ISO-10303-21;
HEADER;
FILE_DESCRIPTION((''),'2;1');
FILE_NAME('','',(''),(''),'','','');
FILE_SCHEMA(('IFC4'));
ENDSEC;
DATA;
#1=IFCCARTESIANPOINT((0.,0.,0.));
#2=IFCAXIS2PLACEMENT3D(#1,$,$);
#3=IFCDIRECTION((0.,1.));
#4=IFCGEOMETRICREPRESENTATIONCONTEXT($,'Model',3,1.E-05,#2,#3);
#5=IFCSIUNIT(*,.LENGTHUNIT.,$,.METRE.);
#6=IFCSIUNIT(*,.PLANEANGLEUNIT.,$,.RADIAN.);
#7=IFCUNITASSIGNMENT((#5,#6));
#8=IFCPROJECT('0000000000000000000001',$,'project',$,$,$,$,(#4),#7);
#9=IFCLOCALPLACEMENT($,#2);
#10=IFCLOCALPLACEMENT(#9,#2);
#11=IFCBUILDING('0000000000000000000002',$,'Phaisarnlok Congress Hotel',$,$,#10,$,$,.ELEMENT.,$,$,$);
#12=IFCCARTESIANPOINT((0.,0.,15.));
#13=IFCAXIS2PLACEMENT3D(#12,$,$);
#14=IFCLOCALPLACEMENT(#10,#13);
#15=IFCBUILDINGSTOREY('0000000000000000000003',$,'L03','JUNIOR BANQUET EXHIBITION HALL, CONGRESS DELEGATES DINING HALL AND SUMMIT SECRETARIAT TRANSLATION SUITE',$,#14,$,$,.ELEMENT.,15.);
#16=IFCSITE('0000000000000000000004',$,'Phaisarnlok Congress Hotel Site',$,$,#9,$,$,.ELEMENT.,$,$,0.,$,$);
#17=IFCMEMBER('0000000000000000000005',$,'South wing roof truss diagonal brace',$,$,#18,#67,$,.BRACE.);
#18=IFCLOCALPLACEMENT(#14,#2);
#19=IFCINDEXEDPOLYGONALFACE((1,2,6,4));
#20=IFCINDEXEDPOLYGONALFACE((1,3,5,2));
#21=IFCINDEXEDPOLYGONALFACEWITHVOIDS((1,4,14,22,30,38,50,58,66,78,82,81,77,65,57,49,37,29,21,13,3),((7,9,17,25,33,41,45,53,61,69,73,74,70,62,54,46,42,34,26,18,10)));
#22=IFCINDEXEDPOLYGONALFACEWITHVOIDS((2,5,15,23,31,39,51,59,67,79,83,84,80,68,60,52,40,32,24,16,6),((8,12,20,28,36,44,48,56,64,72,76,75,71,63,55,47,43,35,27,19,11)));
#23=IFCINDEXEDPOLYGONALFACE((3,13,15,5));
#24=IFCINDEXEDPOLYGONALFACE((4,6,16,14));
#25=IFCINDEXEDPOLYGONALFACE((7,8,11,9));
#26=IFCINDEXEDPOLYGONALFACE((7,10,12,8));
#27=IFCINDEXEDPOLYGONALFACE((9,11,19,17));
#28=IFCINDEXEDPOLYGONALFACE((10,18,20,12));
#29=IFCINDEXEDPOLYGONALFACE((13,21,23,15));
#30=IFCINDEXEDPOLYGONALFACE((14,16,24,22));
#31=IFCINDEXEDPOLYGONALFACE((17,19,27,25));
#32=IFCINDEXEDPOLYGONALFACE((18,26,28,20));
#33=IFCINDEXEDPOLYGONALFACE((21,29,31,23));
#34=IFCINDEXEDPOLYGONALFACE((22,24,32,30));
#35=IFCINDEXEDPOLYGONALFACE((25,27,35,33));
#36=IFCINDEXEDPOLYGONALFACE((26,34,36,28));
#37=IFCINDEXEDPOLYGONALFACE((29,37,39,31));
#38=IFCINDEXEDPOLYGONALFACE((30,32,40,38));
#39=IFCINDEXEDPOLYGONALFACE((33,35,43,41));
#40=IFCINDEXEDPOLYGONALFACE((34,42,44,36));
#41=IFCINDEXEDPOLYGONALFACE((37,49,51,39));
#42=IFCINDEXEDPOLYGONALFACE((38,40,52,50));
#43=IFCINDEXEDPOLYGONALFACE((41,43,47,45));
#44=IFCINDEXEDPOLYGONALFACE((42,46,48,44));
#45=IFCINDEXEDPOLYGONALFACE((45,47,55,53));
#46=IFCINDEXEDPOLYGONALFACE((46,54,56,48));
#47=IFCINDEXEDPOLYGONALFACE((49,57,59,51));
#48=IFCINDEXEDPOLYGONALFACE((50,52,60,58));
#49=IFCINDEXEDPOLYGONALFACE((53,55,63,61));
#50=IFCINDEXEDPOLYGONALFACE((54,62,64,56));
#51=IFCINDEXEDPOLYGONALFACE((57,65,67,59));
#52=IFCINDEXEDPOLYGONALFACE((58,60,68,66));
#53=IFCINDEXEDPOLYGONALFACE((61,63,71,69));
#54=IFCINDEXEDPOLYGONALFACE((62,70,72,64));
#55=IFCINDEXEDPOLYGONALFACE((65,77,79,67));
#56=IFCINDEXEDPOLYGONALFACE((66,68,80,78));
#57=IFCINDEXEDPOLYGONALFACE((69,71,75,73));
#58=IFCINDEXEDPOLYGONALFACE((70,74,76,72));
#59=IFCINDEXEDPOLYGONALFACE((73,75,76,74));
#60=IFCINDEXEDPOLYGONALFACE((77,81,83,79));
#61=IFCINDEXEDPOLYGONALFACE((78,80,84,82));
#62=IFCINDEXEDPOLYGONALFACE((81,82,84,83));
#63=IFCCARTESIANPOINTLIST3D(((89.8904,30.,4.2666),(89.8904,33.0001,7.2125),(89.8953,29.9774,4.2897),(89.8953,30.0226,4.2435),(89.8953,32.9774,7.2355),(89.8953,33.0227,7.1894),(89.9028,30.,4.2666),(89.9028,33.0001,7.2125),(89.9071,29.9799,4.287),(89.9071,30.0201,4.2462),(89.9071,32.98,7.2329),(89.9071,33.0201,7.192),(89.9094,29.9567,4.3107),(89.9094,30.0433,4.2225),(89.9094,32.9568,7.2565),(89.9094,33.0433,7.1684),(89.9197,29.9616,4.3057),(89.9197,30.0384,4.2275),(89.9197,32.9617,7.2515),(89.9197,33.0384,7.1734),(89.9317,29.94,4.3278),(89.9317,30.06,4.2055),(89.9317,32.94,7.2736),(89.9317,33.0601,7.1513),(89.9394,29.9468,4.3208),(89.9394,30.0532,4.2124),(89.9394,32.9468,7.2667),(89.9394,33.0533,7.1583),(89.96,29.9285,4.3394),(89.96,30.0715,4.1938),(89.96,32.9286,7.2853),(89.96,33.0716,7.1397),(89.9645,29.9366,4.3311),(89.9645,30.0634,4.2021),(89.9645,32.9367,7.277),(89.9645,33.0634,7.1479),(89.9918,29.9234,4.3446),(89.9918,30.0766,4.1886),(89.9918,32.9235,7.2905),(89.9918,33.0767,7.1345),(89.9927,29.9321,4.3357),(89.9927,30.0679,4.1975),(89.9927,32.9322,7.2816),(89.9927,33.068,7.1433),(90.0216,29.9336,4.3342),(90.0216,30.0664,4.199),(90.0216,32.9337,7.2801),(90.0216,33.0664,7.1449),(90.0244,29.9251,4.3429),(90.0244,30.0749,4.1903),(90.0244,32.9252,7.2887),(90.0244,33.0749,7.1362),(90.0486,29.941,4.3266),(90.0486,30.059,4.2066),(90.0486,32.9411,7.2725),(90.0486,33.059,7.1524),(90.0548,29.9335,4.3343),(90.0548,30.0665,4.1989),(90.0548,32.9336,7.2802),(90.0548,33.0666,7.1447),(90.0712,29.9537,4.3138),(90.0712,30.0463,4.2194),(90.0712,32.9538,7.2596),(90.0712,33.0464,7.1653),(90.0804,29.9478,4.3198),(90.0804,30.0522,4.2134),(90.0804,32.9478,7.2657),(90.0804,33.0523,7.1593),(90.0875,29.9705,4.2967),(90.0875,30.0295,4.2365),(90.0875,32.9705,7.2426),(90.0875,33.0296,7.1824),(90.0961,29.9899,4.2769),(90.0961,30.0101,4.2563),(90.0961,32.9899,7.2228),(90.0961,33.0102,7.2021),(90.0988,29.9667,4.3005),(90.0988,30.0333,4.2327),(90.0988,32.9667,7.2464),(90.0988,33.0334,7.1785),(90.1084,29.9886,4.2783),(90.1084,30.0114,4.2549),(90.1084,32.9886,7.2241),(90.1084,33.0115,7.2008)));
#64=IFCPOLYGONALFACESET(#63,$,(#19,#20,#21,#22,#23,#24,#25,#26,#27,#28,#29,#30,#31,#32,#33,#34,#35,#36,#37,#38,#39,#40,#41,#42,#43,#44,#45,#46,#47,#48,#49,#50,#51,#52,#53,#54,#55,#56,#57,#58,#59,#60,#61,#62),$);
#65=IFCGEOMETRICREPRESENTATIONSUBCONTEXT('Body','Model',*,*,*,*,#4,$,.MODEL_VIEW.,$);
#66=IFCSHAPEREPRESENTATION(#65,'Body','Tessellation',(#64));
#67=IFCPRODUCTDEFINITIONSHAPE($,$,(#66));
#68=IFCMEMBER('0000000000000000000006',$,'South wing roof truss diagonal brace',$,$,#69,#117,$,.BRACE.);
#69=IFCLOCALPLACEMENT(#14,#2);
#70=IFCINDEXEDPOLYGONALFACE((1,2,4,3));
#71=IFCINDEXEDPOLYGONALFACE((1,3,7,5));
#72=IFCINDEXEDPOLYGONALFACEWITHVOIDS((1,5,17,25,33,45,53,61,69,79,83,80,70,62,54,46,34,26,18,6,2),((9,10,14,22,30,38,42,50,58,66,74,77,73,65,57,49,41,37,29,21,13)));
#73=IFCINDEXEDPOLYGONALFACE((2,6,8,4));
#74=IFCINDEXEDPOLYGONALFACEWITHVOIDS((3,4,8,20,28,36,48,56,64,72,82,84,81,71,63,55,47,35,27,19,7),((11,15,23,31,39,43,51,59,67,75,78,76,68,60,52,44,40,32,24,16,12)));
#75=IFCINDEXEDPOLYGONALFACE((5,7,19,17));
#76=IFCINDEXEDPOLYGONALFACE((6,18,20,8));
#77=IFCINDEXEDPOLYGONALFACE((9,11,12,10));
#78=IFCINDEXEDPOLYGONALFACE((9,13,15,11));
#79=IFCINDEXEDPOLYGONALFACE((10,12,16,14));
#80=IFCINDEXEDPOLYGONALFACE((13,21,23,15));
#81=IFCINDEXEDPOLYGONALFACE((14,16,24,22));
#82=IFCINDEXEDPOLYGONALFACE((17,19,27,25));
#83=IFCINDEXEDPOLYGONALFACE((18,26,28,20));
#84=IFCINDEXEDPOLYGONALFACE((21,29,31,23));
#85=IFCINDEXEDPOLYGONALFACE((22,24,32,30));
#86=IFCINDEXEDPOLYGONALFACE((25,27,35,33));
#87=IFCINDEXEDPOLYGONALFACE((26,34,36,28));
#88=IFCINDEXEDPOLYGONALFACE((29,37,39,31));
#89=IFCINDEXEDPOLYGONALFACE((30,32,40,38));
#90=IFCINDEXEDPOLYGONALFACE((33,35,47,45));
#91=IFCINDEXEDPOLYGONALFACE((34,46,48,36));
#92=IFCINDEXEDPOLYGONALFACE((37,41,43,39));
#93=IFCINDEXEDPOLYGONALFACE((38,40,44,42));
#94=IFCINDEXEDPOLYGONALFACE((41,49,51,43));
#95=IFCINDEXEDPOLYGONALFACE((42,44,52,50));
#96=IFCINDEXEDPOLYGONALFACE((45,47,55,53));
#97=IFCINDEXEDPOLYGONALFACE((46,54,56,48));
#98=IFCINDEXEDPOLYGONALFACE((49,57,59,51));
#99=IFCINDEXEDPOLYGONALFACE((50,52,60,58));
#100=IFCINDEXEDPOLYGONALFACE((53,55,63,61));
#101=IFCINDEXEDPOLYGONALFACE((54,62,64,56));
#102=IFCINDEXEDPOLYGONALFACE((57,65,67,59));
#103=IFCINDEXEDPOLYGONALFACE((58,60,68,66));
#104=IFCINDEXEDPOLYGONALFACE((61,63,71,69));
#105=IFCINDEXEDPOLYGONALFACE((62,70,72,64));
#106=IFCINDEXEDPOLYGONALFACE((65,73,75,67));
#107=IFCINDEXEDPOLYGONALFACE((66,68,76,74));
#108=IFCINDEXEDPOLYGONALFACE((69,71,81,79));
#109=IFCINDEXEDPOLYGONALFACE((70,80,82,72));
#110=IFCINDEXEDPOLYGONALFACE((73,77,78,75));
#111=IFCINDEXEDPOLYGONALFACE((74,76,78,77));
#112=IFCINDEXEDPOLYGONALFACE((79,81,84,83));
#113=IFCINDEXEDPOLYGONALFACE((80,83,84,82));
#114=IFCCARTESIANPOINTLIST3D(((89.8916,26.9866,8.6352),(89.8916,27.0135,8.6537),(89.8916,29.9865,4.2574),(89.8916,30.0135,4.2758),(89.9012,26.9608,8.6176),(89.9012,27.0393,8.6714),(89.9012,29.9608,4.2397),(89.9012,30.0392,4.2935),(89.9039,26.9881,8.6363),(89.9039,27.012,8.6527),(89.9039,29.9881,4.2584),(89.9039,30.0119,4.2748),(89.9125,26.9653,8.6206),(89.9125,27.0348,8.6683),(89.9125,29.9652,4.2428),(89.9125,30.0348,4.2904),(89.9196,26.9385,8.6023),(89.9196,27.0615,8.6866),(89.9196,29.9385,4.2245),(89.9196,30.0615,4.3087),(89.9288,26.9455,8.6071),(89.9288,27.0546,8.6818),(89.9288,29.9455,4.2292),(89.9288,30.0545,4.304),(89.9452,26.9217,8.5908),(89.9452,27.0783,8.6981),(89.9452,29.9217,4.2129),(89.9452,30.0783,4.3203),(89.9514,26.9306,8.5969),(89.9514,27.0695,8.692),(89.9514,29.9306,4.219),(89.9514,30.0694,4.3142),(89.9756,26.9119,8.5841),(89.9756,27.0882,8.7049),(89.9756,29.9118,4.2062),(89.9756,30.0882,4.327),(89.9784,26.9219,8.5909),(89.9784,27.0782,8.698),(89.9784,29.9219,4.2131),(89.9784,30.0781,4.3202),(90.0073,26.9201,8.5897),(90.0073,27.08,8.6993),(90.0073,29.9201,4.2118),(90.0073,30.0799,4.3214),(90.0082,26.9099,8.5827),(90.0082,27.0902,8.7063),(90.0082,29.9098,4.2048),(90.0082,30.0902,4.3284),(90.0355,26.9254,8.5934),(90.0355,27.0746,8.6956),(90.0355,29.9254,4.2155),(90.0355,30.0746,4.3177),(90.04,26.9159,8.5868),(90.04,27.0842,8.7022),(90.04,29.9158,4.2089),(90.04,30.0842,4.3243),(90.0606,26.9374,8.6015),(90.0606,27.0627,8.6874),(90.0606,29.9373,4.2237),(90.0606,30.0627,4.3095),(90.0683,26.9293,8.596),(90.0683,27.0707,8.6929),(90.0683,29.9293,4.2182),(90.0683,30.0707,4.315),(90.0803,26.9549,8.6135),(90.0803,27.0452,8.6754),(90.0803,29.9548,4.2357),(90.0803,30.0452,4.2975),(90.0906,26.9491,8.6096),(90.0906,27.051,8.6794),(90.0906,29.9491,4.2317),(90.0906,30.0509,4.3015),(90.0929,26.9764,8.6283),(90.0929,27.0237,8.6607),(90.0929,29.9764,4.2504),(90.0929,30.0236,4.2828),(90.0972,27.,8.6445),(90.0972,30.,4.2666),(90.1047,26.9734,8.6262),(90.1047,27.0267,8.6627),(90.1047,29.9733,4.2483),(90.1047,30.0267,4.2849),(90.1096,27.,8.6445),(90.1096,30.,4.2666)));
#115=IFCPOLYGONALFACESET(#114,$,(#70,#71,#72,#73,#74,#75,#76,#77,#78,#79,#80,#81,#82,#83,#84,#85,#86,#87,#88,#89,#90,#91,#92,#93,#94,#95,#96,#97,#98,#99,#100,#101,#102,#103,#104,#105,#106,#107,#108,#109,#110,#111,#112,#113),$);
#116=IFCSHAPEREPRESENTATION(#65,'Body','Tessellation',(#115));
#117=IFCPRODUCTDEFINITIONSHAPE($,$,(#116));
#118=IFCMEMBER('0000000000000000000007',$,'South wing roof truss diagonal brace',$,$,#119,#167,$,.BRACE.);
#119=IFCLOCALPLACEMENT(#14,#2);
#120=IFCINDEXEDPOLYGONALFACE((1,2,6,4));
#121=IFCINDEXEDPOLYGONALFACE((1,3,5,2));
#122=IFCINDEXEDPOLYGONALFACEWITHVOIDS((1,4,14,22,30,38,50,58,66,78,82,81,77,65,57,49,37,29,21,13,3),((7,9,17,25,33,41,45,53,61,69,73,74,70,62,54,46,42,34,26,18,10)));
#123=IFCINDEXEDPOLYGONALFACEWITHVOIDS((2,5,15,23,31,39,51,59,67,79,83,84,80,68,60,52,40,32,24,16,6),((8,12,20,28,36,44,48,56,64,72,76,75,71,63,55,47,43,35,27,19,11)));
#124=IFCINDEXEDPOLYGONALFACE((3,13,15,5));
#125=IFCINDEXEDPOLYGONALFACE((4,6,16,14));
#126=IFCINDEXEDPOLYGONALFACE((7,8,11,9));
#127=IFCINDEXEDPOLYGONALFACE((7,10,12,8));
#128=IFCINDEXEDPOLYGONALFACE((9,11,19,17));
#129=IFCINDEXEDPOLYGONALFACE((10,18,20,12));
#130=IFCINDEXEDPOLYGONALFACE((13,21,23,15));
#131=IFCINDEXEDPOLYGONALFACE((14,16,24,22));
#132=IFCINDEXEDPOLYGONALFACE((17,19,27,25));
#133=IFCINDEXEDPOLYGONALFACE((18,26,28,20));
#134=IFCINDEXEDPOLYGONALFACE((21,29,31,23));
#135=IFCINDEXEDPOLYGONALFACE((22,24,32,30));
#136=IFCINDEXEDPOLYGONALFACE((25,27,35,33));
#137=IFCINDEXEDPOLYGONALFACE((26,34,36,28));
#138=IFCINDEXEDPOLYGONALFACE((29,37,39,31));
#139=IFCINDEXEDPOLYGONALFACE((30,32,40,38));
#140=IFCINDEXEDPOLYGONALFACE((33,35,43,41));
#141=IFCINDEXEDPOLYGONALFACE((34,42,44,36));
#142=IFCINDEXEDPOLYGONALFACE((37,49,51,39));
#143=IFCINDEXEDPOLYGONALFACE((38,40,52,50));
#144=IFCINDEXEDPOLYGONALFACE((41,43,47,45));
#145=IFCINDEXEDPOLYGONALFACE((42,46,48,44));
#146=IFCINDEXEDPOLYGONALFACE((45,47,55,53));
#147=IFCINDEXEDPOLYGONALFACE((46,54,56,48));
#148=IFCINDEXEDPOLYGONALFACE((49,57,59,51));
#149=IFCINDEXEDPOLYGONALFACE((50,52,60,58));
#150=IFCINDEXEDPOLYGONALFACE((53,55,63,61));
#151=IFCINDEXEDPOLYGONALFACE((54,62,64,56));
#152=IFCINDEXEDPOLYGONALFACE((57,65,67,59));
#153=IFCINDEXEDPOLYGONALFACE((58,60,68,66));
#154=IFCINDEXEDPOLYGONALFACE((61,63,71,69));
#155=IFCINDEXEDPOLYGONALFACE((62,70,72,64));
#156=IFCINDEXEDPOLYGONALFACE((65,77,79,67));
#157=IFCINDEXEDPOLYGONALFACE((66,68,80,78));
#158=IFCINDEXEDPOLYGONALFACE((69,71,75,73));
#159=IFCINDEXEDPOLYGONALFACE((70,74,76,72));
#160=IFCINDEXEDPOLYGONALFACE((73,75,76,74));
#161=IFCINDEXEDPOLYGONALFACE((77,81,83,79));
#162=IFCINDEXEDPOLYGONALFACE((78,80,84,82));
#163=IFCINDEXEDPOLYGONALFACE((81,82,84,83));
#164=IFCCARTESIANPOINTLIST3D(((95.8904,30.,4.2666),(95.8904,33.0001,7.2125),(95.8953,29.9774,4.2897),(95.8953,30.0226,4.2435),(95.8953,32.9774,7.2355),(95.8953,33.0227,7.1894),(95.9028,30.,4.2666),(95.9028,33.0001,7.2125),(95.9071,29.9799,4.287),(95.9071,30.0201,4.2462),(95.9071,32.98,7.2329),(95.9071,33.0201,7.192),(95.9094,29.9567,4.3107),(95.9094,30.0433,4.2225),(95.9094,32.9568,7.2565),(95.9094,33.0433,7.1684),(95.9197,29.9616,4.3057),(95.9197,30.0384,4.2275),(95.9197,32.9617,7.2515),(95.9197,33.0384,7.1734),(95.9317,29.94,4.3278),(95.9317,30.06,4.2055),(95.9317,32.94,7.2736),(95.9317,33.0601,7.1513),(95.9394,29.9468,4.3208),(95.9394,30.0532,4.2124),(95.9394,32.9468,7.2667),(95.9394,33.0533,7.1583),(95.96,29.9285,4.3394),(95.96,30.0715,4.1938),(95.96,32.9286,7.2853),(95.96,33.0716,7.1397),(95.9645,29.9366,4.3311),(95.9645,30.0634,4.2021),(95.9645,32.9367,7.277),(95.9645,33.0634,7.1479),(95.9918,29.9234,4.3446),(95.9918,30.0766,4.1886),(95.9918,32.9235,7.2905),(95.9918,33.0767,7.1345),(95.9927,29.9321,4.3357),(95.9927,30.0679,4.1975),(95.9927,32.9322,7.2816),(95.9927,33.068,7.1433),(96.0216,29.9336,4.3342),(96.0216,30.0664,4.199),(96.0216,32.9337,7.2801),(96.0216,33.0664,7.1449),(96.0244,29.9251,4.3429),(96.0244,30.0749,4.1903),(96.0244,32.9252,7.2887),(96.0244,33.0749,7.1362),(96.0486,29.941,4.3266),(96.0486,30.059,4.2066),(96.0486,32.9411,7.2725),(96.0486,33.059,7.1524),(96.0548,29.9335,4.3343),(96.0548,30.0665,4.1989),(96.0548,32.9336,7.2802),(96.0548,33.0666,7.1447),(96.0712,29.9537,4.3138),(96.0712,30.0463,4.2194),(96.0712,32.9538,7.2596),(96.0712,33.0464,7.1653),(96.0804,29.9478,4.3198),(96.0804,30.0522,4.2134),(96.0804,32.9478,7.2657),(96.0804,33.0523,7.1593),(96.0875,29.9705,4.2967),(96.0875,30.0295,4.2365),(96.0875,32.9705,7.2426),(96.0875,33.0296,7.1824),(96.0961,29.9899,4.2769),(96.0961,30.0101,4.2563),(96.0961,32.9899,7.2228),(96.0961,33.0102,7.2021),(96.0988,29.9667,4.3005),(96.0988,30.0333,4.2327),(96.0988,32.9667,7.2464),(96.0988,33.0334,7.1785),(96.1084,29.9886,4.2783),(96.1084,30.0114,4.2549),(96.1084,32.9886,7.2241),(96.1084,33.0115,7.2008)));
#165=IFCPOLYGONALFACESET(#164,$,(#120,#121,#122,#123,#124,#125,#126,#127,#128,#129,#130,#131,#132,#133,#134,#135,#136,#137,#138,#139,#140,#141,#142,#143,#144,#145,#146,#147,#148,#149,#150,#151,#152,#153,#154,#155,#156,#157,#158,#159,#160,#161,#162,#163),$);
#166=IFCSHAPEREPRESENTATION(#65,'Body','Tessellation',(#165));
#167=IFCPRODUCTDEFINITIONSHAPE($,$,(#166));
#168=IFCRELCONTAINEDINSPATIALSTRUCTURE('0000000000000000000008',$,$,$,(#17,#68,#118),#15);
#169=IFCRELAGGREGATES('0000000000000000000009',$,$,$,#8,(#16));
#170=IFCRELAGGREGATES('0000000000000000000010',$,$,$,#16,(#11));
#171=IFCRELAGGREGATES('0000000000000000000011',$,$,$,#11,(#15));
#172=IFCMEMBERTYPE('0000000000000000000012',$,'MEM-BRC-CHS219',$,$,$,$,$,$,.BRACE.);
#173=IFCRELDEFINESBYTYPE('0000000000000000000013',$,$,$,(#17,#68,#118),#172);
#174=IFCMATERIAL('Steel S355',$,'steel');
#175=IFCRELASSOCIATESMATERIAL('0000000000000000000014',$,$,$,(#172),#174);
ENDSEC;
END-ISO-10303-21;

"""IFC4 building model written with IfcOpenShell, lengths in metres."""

from ifc_helpers import new_model, si_unit, direction, frame, origin, origin_2d, place, context, subcontext, project, spatial, hollow_circle, extrude, material, material_profile, profile_set, type_object, element, save


model = new_model("IFC4")

# Units and contexts
model_context = context("Model", 3, precision=1e-05, world=origin(), true_north=direction((0.0, 1.0)))
body_context = subcontext(model_context, "Body", "Model", "MODEL_VIEW")
ifc_project = project(units=[si_unit("LENGTHUNIT", "METRE"), si_unit("PLANEANGLEUNIT", "RADIAN")], contexts=[model_context])

# Site, building, storey
site_placement = place(None, origin())
site = spatial("IfcSite", under=ifc_project, at=site_placement, Name="Phaisarnlok Congress Hotel Site", CompositionType="ELEMENT", RefElevation=0.0)
building_placement = place(site_placement, origin())
building = spatial("IfcBuilding", under=site, at=building_placement, Name="Phaisarnlok Congress Hotel", CompositionType="ELEMENT")
storey_placement = place(building_placement, frame((0.0, 0.0, 15.0)))
storey = spatial("IfcBuildingStorey", under=building, at=storey_placement, Name="L03", Description="JUNIOR BANQUET EXHIBITION HALL, CONGRESS DELEGATES DINING HALL AND SUMMIT SECRETARIAT TRANSLATION SUITE", CompositionType="ELEMENT", Elevation=15.0)

# Shared definitions
ifc_material_1 = material(Name="Steel S355", Category="steel")

# Members
ifc_material_profile_1 = material_profile(ifc_material_1, hollow_circle(Radius=0.1096, WallThickness=0.0125, at=origin_2d()), Name="CHS 219.1x12.5")
ifc_profile_set_1 = profile_set([ifc_material_profile_1], Name="Steel S355")
member_type_1 = type_object("IfcMemberType", Name="MEM-BRC-CHS219", PredefinedType="BRACE", material=ifc_profile_set_1)
member_1_placement = place(storey_placement, frame((90.0, 30.0, 4.2666), z_axis=(0.0, 0.713523, 0.700632), x_axis=(-1.0, 0.0, 0.0)))
element("IfcMember", 1, at=member_1_placement, inside=storey, type_object=member_type_1, Name="South wing roof truss diagonal brace", PredefinedType="BRACE", context=body_context, shape_type="SweptSolid", body=[
    extrude(hollow_circle(Radius=0.1096, WallThickness=0.0125, at=origin_2d()), origin(), (0.0, 0.0, 1.0), 4.2046),
])
member_2_placement = place(storey_placement, frame((90.0, 30.0, 4.2666), z_axis=(0.0, -0.565271, 0.824905), x_axis=(1.0, 0.0, 0.0)))
element("IfcMember", 2, at=member_2_placement, inside=storey, type_object=member_type_1, Name="South wing roof truss diagonal brace", PredefinedType="BRACE", context=body_context, shape_type="SweptSolid", body=[
    extrude(hollow_circle(Radius=0.1096, WallThickness=0.0125, at=origin_2d()), origin(), (0.0, 0.0, 1.0), 5.3071),
])
member_3_placement = place(storey_placement, frame((96.0, 30.0, 4.2666), z_axis=(0.0, 0.713523, 0.700632), x_axis=(-1.0, 0.0, 0.0)))
element("IfcMember", 3, at=member_3_placement, inside=storey, type_object=member_type_1, Name="South wing roof truss diagonal brace", PredefinedType="BRACE", context=body_context, shape_type="SweptSolid", body=[
    extrude(hollow_circle(Radius=0.1096, WallThickness=0.0125, at=origin_2d()), origin(), (0.0, 0.0, 1.0), 4.2046),
])

save(model, "model.ifc")
